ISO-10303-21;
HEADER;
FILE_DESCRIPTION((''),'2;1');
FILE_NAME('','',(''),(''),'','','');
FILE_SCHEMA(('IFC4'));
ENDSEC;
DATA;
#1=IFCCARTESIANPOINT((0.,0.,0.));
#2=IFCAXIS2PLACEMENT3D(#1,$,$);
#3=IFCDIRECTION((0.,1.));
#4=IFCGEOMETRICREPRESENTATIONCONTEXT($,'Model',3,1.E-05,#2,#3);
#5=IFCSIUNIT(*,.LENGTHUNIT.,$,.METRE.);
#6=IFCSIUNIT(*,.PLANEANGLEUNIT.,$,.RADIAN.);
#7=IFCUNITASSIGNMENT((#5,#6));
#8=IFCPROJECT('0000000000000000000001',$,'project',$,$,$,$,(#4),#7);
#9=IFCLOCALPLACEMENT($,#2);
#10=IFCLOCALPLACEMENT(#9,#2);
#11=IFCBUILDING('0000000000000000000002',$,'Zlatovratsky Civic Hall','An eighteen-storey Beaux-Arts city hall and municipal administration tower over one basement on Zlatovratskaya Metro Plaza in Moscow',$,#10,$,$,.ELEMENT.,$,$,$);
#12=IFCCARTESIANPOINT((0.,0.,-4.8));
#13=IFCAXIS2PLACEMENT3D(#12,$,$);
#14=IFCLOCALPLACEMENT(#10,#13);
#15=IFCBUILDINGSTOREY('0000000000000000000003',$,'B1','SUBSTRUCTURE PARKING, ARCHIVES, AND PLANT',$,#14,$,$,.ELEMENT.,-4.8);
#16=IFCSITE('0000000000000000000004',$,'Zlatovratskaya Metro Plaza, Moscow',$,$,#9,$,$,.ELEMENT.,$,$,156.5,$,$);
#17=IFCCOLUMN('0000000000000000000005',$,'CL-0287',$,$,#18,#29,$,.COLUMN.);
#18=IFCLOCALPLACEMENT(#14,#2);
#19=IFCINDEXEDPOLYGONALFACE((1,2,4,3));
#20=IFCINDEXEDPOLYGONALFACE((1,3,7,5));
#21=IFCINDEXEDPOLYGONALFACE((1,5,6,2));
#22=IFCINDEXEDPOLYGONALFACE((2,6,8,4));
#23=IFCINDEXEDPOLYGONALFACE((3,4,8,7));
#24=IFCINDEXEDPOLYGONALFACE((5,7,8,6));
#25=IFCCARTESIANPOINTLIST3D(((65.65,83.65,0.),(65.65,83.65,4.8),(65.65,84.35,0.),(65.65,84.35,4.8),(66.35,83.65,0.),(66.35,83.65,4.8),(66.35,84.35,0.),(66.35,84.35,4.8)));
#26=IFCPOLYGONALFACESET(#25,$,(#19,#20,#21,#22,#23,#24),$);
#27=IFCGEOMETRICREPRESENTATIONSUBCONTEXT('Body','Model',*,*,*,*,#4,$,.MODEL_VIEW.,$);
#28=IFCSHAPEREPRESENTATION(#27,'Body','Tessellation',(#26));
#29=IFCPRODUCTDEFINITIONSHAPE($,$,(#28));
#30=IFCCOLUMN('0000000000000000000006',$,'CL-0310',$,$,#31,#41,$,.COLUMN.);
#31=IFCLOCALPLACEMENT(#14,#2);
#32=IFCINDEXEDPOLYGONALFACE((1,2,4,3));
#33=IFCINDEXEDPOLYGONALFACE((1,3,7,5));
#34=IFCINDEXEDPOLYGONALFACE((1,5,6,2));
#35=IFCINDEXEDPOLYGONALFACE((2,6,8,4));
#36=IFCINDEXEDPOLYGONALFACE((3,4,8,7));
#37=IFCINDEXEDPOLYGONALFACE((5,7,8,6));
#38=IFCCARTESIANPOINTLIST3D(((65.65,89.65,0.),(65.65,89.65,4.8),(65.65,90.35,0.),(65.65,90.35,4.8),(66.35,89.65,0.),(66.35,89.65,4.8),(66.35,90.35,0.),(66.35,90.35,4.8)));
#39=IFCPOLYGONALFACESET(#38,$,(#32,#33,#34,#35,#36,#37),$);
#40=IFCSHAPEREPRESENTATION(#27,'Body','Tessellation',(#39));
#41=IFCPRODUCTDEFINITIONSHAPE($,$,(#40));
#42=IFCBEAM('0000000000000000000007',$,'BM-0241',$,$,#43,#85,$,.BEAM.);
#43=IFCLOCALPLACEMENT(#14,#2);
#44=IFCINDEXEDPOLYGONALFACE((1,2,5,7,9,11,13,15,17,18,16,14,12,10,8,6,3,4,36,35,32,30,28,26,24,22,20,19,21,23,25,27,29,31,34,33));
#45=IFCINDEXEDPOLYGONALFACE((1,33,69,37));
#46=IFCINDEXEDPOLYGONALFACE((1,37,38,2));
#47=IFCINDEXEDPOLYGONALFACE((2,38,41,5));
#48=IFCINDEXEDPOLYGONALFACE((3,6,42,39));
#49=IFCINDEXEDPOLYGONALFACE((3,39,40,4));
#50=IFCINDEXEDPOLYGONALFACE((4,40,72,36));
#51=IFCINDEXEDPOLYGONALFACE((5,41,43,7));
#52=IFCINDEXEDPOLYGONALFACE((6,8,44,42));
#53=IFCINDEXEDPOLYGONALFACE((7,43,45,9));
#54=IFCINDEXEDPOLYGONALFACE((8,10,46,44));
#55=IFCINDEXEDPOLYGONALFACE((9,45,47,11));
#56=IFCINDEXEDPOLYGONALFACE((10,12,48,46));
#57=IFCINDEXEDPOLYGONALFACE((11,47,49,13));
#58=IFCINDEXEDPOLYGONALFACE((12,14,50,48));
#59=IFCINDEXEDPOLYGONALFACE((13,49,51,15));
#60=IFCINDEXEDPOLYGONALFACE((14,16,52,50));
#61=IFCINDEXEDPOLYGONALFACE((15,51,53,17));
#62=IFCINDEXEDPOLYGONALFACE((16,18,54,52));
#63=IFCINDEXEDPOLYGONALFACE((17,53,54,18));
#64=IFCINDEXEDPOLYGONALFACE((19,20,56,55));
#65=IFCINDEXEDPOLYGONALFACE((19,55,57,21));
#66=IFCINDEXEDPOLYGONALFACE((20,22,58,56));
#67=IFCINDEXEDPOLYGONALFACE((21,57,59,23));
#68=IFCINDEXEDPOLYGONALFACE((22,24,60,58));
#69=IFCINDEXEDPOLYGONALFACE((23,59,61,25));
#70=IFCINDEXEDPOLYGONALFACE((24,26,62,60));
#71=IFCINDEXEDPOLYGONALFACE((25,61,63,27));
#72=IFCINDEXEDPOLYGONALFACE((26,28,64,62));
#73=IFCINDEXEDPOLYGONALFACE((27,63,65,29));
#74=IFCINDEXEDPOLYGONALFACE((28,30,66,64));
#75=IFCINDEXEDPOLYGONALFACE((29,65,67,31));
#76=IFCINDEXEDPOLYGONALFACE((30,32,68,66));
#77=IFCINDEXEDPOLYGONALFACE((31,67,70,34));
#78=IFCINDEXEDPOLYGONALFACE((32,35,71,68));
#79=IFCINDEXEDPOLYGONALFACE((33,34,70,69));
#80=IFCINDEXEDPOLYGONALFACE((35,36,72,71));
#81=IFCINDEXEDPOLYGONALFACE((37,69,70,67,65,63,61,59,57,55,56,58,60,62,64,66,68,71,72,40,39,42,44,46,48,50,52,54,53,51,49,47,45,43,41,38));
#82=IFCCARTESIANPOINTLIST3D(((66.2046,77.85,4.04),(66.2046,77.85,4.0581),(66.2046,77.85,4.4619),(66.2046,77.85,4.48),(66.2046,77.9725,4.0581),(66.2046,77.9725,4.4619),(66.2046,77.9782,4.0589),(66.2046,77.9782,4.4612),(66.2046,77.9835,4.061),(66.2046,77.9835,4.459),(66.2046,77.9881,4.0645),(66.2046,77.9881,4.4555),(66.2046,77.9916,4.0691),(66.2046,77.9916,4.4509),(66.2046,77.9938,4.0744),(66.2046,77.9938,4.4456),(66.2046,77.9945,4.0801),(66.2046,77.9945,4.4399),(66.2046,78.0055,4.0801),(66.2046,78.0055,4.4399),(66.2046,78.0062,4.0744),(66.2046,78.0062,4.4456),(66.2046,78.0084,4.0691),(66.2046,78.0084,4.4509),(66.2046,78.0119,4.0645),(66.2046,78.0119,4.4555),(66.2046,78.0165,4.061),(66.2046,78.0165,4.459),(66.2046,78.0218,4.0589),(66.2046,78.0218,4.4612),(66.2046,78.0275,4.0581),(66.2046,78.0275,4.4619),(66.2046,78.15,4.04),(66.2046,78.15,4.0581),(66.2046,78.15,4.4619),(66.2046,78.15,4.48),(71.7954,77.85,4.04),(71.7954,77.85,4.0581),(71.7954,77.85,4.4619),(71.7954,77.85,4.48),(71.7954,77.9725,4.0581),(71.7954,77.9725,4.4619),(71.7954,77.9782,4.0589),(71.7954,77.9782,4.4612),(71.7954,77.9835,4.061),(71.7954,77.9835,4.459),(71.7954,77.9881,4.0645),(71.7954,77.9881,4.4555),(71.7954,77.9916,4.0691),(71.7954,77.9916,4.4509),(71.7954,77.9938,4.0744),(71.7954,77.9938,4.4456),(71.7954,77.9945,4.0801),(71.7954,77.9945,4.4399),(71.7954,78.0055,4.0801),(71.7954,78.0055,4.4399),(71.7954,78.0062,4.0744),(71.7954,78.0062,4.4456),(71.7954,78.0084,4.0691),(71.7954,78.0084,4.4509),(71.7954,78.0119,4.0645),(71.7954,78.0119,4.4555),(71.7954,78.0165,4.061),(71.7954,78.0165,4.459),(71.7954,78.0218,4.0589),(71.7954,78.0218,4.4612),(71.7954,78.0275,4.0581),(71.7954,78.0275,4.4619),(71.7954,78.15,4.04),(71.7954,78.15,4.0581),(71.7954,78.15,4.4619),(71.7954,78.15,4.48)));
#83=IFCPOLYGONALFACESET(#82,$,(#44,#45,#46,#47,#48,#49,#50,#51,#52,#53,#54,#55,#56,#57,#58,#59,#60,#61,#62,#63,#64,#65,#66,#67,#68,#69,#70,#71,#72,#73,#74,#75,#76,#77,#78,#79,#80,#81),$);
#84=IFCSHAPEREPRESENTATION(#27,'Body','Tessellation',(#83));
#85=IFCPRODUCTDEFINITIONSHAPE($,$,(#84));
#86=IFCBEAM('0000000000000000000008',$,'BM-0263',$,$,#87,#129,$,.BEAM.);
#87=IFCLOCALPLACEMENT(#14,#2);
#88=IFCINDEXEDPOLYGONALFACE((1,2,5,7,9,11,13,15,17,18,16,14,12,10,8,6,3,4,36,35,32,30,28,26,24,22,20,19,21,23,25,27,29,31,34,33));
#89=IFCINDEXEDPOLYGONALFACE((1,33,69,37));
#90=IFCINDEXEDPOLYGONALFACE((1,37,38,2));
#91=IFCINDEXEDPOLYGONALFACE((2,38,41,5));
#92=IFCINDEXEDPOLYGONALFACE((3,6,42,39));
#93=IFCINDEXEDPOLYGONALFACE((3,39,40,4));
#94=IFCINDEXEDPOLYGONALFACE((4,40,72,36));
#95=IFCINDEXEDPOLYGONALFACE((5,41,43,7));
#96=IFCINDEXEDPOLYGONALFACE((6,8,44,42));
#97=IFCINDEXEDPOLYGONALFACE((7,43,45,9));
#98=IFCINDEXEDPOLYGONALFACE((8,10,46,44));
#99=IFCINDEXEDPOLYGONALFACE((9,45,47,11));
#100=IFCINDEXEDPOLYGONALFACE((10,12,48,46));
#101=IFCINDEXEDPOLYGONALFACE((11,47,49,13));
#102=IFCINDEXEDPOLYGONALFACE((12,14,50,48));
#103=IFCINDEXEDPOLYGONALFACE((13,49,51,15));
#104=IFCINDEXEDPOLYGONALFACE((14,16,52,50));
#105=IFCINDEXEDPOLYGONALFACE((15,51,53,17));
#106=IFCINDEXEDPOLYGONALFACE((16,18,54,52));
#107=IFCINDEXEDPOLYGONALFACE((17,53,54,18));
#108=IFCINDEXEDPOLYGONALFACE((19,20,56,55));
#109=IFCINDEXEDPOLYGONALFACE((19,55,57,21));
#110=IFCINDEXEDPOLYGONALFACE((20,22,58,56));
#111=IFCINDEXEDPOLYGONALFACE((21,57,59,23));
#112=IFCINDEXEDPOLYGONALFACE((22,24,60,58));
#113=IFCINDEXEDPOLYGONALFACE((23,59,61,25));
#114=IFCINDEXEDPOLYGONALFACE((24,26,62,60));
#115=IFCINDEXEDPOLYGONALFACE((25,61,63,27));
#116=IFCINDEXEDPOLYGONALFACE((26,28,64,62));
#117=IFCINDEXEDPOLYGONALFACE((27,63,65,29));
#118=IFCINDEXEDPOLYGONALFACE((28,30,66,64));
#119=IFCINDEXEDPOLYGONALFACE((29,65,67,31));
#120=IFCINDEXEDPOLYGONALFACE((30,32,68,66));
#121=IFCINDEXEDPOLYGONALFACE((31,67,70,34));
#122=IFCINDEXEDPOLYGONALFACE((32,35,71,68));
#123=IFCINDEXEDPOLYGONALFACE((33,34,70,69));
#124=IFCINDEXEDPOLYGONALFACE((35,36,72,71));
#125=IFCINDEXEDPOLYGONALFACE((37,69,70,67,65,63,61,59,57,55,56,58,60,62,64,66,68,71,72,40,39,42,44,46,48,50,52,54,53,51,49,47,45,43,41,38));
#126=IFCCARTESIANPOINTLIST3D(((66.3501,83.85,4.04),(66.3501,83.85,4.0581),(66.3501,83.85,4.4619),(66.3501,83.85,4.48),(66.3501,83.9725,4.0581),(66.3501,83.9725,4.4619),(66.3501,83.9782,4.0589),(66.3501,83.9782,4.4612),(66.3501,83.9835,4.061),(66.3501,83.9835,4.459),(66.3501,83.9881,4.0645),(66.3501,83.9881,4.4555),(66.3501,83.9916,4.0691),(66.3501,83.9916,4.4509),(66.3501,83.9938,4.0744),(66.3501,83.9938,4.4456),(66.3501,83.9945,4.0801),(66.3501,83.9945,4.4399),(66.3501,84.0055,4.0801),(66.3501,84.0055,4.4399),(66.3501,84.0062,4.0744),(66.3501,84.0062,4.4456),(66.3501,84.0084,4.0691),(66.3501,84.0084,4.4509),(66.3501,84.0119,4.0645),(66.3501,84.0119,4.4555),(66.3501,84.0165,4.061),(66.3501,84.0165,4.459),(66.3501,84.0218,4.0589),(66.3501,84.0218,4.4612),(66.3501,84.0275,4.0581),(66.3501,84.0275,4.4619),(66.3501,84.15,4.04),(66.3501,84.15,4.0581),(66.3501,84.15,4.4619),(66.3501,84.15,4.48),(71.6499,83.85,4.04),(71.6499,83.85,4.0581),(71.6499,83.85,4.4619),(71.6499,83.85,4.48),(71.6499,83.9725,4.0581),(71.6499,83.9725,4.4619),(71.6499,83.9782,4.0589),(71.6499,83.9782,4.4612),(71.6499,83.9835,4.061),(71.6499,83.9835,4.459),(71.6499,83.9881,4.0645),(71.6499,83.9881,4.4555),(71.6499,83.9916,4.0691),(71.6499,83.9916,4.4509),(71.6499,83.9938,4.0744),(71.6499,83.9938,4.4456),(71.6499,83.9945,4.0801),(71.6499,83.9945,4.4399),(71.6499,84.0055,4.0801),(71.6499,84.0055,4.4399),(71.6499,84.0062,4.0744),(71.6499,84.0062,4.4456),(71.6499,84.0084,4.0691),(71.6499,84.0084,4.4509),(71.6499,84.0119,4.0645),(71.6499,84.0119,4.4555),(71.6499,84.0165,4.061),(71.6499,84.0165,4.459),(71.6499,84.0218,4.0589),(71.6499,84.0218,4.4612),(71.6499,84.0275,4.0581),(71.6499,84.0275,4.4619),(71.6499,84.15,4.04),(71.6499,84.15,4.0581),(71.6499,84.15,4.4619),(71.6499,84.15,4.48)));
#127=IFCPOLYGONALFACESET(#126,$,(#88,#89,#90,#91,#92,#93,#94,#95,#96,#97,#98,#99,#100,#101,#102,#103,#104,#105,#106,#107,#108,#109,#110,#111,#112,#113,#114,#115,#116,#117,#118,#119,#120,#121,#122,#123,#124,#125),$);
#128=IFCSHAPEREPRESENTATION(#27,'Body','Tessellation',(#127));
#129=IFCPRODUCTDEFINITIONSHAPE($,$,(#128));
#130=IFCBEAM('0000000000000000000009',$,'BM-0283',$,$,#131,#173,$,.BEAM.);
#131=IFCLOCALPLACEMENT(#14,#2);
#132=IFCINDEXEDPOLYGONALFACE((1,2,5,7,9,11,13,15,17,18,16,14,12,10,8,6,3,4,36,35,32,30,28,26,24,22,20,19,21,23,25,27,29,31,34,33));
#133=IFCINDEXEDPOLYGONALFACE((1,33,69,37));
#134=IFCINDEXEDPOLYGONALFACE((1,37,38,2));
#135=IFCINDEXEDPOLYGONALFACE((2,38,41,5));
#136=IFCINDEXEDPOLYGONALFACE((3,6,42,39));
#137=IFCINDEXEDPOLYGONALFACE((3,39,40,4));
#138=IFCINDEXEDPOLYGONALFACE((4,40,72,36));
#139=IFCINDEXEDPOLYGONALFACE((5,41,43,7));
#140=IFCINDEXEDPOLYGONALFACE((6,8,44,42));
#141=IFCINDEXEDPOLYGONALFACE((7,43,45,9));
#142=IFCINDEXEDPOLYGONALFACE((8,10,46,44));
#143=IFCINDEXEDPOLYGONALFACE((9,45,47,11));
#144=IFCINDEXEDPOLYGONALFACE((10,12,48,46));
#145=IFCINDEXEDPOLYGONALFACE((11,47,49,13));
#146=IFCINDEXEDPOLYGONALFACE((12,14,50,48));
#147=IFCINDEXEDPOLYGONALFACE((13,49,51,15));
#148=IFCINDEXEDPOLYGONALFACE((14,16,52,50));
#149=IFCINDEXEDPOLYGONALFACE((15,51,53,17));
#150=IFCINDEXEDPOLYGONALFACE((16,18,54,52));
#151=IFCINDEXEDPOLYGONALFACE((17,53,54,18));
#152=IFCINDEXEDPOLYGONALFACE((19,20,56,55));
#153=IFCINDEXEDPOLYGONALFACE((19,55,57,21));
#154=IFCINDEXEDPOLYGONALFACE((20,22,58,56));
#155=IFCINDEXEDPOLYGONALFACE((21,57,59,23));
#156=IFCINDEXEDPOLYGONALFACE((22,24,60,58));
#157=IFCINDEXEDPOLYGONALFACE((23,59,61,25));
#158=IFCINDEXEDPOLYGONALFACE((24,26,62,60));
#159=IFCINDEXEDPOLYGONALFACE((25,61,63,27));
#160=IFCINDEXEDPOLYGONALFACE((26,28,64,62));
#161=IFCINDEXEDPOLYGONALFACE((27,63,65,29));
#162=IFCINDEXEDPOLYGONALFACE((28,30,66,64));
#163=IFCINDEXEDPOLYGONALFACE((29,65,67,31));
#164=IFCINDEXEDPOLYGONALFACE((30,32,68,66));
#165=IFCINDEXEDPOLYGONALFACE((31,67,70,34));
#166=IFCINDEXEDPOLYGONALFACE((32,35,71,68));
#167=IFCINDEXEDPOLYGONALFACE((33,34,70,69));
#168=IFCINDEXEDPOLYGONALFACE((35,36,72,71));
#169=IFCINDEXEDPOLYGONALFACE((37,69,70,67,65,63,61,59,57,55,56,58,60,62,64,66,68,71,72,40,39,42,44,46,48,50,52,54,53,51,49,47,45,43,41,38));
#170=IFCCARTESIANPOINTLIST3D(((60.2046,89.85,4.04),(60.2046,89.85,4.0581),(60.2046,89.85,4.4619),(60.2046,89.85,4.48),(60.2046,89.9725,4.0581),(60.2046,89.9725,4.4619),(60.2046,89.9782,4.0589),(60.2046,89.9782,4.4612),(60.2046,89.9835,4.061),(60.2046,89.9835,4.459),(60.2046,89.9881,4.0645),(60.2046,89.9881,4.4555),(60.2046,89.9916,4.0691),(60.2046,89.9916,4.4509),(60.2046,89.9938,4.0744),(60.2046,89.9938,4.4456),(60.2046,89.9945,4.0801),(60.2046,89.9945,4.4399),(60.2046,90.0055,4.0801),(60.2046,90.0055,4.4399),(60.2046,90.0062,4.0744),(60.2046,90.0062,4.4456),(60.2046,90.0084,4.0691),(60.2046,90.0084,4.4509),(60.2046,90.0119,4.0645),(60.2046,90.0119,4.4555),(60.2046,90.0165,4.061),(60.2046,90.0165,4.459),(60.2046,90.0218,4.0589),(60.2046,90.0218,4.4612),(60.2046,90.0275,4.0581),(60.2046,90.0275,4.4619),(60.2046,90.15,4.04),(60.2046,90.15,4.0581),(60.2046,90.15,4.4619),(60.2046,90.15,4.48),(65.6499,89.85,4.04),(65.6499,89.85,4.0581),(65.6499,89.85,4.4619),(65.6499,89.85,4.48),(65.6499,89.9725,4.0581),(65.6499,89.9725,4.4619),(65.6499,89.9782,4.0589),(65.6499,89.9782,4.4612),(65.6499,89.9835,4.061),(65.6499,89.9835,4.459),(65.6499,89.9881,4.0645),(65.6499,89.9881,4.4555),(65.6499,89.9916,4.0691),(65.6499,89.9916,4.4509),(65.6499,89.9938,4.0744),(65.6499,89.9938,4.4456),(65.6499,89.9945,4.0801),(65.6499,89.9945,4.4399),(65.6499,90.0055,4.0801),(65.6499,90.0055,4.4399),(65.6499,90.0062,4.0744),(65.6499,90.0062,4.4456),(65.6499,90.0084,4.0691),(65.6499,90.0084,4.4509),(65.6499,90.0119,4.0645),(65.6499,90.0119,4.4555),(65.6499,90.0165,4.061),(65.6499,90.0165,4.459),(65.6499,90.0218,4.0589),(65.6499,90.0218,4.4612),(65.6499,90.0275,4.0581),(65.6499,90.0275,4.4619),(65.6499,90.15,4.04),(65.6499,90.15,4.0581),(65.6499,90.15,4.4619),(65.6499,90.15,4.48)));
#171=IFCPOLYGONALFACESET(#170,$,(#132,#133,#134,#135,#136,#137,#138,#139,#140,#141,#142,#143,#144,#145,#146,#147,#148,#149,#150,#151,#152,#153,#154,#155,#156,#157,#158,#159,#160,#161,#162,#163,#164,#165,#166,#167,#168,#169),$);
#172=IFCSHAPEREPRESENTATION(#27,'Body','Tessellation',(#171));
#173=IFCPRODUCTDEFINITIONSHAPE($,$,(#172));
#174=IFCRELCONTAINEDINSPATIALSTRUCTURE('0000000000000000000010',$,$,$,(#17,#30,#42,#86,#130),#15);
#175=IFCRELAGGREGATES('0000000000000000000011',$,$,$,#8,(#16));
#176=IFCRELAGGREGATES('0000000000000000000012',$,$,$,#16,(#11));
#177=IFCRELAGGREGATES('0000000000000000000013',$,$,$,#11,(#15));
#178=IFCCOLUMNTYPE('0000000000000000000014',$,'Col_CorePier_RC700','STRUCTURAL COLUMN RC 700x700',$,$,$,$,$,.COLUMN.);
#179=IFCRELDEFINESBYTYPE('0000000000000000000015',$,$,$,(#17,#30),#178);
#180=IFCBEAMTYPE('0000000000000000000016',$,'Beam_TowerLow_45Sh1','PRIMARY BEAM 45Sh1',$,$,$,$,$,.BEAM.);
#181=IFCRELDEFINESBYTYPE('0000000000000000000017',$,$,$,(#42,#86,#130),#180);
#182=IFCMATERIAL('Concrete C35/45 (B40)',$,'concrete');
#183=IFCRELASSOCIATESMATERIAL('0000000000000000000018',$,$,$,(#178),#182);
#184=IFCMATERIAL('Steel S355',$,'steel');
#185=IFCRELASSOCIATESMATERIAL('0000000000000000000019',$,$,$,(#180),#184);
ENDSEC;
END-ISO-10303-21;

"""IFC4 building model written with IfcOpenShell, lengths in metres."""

from ifc_helpers import new_model, si_unit, direction, frame, origin, origin_2d, place, context, subcontext, project, spatial, rectangle, i_section, extrude, material, material_profile, profile_set, type_object, element, save


model = new_model("IFC4")

# Units and contexts
model_context = context("Model", 3, precision=1e-05, world=origin(), true_north=direction((0.0, 1.0)))
body_context = subcontext(model_context, "Body", "Model", "MODEL_VIEW")
ifc_project = project(units=[si_unit("LENGTHUNIT", "METRE"), si_unit("PLANEANGLEUNIT", "RADIAN")], contexts=[model_context])

# Site, building, storey
site_placement = place(None, origin())
site = spatial("IfcSite", under=ifc_project, at=site_placement, Name="Zlatovratskaya Metro Plaza, Moscow", CompositionType="ELEMENT", RefElevation=156.5)
building_placement = place(site_placement, origin())
building = spatial("IfcBuilding", under=site, at=building_placement, Name="Zlatovratsky Civic Hall", Description="An eighteen-storey Beaux-Arts city hall and municipal administration tower over one basement on Zlatovratskaya Metro Plaza in Moscow", CompositionType="ELEMENT")
storey_placement = place(building_placement, frame((0.0, 0.0, -4.8)))
storey = spatial("IfcBuildingStorey", under=building, at=storey_placement, Name="B1", Description="SUBSTRUCTURE PARKING, ARCHIVES, AND PLANT", CompositionType="ELEMENT", Elevation=-4.8)

# Columns
ifc_material_1 = material(Name="Concrete C35/45 (B40)", Category="concrete")
ifc_material_profile_1 = material_profile(ifc_material_1, rectangle(XDim=0.7, YDim=0.7, at=origin_2d()), Name="RC 700x700")
ifc_profile_set_1 = profile_set([ifc_material_profile_1], Name="Concrete C35/45 (B40)")
column_type = type_object("IfcColumnType", Name="Col_CorePier_RC700", Description="STRUCTURAL COLUMN RC 700x700", PredefinedType="COLUMN", material=ifc_profile_set_1)
for number, where, z_axis, x_axis, name in (
    (1, (66.0, 84.0, 0.0), (0.0, 0.0, 1.0), (1.0, 0.0, 0.0), "CL-0287"),
    (2, (66.0, 90.0, 0.0), (0.0, 0.0, 1.0), (1.0, 0.0, 0.0), "CL-0310"),
):
    element("IfcColumn", number, at=place(storey_placement, frame(where, z_axis=z_axis, x_axis=x_axis)), inside=storey, type_object=column_type, Name=name, PredefinedType="COLUMN", context=body_context, shape_type="SweptSolid", body=[
        extrude(rectangle(XDim=0.7, YDim=0.7, at=origin_2d()), origin(), (0.0, 0.0, 1.0), 4.8),
    ])

# Beams
ifc_material_2 = material(Name="Steel S355", Category="steel")
ifc_material_profile_2 = material_profile(ifc_material_2, i_section(OverallWidth=0.3, OverallDepth=0.4399, WebThickness=0.011, FlangeThickness=0.0181, FilletRadius=0.022, at=origin_2d()), Name="45Sh1")
ifc_profile_set_2 = profile_set([ifc_material_profile_2], Name="Steel S355")
beam_type = type_object("IfcBeamType", Name="Beam_TowerLow_45Sh1", Description="PRIMARY BEAM 45Sh1", PredefinedType="BEAM", material=ifc_profile_set_2)
beam_1_placement = place(storey_placement, frame((66.2046, 78.0, 4.26), z_axis=(1.0, 0.0, 0.0), x_axis=(0.0, 1.0, 0.0)))
element("IfcBeam", 3, at=beam_1_placement, inside=storey, type_object=beam_type, Name="BM-0241", PredefinedType="BEAM", context=body_context, shape_type="SweptSolid", body=[
    extrude(i_section(OverallWidth=0.3, OverallDepth=0.4399, WebThickness=0.011, FlangeThickness=0.0181, FilletRadius=0.022, at=origin_2d()), origin(), (0.0, 0.0, 1.0), 5.5908),
])
beam_2_placement = place(storey_placement, frame((66.3501, 84.0, 4.26), z_axis=(1.0, 0.0, 0.0), x_axis=(0.0, 1.0, 0.0)))
element("IfcBeam", 4, at=beam_2_placement, inside=storey, type_object=beam_type, Name="BM-0263", PredefinedType="BEAM", context=body_context, shape_type="SweptSolid", body=[
    extrude(i_section(OverallWidth=0.3, OverallDepth=0.4399, WebThickness=0.011, FlangeThickness=0.0181, FilletRadius=0.022, at=origin_2d()), origin(), (0.0, 0.0, 1.0), 5.2998),
])
beam_3_placement = place(storey_placement, frame((60.2046, 90.0, 4.26), z_axis=(1.0, 0.0, 0.0), x_axis=(0.0, 1.0, 0.0)))
element("IfcBeam", 5, at=beam_3_placement, inside=storey, type_object=beam_type, Name="BM-0283", PredefinedType="BEAM", context=body_context, shape_type="SweptSolid", body=[
    extrude(i_section(OverallWidth=0.3, OverallDepth=0.4399, WebThickness=0.011, FlangeThickness=0.0181, FilletRadius=0.022, at=origin_2d()), origin(), (0.0, 0.0, 1.0), 5.4453),
])

save(model, "model.ifc")
